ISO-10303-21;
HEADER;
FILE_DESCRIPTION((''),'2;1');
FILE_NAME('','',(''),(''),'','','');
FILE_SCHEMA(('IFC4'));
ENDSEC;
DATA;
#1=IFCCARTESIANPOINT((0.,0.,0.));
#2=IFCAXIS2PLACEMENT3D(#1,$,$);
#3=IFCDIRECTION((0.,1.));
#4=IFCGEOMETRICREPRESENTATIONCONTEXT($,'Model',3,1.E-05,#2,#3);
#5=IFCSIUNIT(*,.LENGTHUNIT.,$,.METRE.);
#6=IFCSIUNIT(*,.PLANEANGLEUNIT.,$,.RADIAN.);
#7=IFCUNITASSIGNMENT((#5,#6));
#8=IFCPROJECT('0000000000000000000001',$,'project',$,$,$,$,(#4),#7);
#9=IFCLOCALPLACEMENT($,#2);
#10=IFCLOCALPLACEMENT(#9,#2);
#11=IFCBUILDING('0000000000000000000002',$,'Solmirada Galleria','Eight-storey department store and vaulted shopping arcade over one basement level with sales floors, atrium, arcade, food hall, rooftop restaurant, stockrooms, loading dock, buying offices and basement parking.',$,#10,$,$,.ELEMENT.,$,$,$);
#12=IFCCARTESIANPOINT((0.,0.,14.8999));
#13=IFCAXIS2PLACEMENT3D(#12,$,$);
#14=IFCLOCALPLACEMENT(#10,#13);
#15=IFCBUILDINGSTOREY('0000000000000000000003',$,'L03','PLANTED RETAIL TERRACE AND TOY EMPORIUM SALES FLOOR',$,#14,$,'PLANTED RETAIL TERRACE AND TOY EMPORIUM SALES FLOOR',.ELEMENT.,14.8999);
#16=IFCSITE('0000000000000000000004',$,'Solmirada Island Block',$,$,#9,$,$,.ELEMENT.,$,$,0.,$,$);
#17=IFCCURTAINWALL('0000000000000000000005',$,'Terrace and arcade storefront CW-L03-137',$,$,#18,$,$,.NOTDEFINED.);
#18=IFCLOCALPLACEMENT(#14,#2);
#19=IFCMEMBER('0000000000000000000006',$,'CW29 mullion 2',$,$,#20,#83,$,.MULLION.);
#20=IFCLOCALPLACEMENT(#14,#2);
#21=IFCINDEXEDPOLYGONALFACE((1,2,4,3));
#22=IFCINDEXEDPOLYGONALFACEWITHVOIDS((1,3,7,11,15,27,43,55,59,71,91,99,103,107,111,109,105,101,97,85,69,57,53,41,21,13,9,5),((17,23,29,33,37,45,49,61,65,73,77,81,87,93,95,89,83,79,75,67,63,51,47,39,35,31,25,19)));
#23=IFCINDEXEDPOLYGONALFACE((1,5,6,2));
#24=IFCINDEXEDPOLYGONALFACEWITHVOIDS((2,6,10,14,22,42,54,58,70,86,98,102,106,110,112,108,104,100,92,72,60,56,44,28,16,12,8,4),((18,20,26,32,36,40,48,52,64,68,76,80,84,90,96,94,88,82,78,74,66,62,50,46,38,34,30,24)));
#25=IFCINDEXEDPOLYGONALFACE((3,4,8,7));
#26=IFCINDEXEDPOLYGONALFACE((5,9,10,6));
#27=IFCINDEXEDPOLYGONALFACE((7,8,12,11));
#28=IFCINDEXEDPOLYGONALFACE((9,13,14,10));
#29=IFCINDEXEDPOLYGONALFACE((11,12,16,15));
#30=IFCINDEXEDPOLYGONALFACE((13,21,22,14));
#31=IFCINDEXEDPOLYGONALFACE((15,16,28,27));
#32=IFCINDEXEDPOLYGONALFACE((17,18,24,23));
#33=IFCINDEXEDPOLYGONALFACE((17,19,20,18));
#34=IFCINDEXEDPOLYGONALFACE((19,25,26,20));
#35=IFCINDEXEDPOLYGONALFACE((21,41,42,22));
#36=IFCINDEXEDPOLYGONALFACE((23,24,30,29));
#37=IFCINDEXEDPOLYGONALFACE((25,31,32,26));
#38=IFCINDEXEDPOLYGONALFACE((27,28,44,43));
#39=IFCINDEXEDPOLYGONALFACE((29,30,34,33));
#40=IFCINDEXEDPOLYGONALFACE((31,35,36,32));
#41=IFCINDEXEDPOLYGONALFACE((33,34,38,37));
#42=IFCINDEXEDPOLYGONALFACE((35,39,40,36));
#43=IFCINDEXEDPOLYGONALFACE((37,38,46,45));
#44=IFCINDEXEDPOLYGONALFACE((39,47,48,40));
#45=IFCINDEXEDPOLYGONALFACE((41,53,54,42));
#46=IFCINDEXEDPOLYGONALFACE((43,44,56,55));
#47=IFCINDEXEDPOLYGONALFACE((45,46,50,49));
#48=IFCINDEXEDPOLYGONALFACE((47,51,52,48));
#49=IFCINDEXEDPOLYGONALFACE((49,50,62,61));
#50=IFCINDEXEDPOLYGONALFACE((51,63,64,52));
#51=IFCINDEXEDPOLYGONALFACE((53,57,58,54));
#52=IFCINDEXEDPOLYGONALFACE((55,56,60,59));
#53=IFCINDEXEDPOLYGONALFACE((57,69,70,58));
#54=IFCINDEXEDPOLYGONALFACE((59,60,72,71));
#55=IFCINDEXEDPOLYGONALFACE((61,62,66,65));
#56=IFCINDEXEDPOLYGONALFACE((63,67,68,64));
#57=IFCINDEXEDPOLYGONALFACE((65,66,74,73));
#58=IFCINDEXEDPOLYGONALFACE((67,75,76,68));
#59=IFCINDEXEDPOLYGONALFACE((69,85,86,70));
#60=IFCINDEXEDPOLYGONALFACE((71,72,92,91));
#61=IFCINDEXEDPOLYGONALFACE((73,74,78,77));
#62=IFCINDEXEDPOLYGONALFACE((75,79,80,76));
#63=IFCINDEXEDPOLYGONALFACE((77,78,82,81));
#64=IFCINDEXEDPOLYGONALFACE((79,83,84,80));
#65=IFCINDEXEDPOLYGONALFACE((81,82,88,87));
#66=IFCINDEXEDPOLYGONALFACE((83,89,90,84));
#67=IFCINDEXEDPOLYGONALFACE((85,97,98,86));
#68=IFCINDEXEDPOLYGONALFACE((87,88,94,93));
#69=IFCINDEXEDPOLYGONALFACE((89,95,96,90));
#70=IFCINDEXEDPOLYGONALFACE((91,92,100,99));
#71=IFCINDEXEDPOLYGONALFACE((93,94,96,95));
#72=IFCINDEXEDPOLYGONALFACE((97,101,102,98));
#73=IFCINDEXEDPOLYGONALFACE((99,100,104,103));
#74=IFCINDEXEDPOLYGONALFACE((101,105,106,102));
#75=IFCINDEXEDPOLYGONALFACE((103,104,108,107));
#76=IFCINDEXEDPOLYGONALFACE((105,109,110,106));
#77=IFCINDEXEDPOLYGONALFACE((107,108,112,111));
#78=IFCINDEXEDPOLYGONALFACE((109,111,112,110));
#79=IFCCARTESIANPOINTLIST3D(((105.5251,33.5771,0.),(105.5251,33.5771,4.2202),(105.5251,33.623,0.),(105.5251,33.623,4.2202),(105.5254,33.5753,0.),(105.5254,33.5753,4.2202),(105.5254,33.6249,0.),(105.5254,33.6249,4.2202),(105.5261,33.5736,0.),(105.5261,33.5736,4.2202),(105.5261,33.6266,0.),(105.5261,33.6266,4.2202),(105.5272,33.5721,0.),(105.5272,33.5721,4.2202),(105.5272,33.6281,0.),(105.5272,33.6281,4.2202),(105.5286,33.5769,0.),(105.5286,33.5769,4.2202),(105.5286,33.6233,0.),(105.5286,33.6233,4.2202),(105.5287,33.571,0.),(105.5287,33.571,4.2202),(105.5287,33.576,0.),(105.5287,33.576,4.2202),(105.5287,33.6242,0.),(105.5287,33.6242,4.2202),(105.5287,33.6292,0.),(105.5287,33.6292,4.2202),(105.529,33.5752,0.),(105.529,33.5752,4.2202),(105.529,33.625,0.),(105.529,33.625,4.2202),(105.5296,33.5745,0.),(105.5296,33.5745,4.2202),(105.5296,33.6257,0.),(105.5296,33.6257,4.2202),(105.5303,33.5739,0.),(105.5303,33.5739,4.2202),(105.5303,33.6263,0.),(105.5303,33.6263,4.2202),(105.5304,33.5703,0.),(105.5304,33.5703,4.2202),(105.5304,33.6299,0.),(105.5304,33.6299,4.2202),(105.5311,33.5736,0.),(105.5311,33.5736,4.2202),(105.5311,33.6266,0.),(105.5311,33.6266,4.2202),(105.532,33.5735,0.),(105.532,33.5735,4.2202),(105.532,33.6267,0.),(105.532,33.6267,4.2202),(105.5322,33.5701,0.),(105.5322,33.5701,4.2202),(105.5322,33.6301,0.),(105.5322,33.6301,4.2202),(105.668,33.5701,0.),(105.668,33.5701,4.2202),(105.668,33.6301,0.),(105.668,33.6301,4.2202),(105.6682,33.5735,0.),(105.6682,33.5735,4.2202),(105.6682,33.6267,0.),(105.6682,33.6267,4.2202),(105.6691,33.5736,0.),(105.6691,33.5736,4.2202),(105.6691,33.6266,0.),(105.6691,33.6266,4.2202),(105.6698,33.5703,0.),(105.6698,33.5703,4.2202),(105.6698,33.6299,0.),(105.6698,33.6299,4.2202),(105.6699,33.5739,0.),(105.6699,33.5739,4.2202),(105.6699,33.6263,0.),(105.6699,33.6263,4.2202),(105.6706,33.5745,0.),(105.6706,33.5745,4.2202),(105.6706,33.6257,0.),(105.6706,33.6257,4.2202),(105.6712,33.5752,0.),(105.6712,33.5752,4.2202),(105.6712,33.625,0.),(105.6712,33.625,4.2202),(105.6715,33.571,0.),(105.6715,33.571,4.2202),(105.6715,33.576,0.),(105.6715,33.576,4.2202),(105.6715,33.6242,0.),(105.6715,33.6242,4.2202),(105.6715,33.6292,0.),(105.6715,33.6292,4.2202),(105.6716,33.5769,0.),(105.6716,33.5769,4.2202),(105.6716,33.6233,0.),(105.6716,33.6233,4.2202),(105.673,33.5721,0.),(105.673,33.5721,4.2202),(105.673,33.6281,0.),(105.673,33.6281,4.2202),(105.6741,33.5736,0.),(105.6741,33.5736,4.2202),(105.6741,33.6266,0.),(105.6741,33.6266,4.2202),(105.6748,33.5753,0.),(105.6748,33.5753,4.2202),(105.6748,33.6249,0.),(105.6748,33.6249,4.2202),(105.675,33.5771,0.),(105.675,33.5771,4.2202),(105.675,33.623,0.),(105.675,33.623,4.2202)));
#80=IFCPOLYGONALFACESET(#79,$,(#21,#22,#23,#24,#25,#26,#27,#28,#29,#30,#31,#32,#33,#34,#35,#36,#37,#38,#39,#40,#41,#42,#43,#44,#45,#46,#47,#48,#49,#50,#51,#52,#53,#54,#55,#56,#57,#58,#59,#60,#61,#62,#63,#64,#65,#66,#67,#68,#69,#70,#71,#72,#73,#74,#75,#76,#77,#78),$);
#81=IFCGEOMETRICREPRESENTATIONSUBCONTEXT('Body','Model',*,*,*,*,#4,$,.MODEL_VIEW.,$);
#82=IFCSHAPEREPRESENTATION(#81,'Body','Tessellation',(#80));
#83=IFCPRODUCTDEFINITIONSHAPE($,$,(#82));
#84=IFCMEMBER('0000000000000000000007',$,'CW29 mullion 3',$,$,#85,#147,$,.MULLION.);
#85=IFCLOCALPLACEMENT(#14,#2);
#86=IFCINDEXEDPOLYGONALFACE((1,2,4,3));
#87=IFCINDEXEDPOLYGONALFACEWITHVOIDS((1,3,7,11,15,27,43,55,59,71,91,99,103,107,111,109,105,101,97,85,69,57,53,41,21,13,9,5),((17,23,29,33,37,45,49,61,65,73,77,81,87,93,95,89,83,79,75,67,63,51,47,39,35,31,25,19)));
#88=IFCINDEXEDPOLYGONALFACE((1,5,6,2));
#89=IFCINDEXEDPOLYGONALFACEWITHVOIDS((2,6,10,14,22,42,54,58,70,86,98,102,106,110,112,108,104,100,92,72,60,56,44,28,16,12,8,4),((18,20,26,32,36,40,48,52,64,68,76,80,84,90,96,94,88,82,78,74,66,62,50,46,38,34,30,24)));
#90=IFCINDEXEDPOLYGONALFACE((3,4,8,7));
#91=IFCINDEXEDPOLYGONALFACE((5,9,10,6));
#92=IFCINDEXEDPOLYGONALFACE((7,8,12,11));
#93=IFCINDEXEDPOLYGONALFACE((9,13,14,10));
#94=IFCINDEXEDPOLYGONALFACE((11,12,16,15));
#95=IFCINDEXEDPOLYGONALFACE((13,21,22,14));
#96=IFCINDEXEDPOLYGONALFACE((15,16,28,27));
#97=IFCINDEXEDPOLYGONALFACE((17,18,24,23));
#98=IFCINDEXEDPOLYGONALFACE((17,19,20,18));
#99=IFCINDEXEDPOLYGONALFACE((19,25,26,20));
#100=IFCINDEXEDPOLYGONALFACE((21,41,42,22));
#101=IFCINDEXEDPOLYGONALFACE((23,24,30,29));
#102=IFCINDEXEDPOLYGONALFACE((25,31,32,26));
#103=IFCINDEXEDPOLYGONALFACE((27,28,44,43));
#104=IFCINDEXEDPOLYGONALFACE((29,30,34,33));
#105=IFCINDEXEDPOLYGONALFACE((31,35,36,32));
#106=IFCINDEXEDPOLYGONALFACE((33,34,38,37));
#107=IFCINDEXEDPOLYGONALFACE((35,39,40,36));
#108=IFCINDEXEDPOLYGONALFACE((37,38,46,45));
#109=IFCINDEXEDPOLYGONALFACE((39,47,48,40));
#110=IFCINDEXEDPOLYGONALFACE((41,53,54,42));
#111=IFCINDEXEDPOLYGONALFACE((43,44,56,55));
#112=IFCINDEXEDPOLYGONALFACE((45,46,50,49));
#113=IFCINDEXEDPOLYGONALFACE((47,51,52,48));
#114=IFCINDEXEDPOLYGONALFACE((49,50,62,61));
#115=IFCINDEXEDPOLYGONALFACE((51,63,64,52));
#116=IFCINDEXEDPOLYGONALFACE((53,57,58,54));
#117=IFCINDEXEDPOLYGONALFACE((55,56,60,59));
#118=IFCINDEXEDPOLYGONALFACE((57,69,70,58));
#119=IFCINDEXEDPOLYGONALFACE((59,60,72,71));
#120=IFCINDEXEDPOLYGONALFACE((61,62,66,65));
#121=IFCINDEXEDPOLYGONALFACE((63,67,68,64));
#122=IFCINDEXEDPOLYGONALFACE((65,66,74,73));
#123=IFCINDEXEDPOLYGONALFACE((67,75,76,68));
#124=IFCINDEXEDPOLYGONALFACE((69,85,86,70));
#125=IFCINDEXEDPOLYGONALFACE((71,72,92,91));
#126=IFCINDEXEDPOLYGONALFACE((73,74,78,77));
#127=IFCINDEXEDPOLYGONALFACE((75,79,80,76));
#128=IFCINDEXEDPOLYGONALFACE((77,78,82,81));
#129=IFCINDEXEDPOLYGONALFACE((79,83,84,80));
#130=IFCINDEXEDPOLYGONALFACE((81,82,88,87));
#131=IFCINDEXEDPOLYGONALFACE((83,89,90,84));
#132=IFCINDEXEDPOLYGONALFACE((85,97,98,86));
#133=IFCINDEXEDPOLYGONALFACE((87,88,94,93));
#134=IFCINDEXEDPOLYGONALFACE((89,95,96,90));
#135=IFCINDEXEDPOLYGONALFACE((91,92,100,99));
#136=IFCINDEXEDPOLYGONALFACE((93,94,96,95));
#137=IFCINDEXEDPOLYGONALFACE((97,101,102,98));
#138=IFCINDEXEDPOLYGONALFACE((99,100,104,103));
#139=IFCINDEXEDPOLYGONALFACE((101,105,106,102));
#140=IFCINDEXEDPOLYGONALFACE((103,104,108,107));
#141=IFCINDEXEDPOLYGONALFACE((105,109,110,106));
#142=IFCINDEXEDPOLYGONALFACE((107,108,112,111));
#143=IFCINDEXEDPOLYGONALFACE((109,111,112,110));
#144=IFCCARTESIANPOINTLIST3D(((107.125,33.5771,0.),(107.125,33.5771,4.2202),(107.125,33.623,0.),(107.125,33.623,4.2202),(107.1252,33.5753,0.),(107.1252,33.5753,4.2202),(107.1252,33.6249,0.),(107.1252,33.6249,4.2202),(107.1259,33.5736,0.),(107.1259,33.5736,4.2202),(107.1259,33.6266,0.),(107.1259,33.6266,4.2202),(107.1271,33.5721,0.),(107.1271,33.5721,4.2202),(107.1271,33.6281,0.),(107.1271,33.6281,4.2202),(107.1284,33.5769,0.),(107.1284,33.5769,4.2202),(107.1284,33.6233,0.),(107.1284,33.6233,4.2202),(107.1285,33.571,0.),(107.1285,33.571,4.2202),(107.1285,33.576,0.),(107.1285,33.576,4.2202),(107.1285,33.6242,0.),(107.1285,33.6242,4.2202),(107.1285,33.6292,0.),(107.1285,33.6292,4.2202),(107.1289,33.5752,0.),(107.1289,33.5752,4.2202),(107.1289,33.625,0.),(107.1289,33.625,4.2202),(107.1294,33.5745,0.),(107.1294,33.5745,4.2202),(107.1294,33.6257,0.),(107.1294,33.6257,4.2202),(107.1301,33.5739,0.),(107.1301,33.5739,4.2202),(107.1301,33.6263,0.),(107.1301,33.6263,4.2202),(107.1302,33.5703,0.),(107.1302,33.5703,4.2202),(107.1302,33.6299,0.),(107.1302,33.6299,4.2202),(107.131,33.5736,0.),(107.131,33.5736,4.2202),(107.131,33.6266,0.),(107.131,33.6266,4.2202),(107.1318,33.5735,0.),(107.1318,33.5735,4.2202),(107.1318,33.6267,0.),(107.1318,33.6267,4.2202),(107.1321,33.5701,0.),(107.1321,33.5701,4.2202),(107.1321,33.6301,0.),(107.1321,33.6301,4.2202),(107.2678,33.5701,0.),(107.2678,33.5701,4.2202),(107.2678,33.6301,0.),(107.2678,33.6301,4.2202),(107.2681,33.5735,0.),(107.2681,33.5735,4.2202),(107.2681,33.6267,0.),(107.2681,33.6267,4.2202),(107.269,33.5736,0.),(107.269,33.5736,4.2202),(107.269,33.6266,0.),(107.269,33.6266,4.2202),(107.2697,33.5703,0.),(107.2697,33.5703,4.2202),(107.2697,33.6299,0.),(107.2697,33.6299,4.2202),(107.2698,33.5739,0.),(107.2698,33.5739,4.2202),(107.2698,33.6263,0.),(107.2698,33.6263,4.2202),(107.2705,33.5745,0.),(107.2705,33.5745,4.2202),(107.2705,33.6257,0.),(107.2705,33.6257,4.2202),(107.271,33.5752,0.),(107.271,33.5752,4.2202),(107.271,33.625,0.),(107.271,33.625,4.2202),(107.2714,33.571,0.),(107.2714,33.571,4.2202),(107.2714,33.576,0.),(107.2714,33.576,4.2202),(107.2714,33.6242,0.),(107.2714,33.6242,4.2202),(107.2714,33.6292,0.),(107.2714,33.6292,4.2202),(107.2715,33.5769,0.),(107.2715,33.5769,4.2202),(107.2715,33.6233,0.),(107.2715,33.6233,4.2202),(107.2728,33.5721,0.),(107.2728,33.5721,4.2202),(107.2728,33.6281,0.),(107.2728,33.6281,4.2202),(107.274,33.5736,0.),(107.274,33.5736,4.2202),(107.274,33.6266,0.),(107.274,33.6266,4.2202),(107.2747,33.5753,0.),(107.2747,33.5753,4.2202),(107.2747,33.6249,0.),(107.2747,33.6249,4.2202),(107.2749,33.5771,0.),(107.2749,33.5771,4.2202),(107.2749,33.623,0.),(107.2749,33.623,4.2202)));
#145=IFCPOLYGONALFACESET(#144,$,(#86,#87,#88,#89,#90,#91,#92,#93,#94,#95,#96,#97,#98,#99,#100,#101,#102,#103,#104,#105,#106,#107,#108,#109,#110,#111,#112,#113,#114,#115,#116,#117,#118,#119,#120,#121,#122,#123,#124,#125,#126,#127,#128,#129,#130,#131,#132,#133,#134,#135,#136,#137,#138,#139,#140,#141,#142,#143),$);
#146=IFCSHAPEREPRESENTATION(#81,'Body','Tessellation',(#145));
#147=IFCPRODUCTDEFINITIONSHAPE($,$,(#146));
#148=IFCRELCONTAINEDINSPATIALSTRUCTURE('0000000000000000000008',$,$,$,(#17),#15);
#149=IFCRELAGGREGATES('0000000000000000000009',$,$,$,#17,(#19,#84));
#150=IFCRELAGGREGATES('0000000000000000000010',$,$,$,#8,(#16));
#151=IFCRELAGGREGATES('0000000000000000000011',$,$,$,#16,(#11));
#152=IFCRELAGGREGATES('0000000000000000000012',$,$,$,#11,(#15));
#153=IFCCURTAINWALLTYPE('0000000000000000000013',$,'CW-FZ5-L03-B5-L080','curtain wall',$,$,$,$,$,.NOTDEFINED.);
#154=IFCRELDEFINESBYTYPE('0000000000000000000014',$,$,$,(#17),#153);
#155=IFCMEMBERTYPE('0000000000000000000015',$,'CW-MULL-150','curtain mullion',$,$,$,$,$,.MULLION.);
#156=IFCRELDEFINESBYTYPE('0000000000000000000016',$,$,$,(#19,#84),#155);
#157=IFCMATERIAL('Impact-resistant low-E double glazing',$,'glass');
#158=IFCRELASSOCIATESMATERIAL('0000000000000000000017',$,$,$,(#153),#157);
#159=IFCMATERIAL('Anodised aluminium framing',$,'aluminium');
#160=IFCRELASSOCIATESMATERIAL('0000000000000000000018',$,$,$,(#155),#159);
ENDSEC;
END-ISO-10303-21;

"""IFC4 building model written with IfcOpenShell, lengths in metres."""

from ifc_helpers import new_model, si_unit, direction, frame, origin, origin_2d, place, context, subcontext, project, spatial, hollow_rectangle, extrude, material, material_profile, profile_set, type_object, element, aggregate, save


model = new_model("IFC4")

# Units and contexts
model_context = context("Model", 3, precision=1e-05, world=origin(), true_north=direction((0.0, 1.0)))
body_context = subcontext(model_context, "Body", "Model", "MODEL_VIEW")
ifc_project = project(units=[si_unit("LENGTHUNIT", "METRE"), si_unit("PLANEANGLEUNIT", "RADIAN")], contexts=[model_context])

# Site, building, storey
site_placement = place(None, origin())
site = spatial("IfcSite", under=ifc_project, at=site_placement, Name="Solmirada Island Block", CompositionType="ELEMENT", RefElevation=0.0)
building_placement = place(site_placement, origin())
building = spatial("IfcBuilding", under=site, at=building_placement, Name="Solmirada Galleria", Description="Eight-storey department store and vaulted shopping arcade over one basement level with sales floors, atrium, arcade, food hall, rooftop restaurant, stockrooms, loading dock, buying offices and basement parking.", CompositionType="ELEMENT")
storey_placement = place(building_placement, frame((0.0, 0.0, 14.8999)))
storey = spatial("IfcBuildingStorey", under=building, at=storey_placement, Name="L03", Description="PLANTED RETAIL TERRACE AND TOY EMPORIUM SALES FLOOR", LongName="PLANTED RETAIL TERRACE AND TOY EMPORIUM SALES FLOOR", CompositionType="ELEMENT", Elevation=14.8999)

# Shared definitions
ifc_material_1 = material(Name="Impact-resistant low-E double glazing", Category="glass")
curtain_wall_type = type_object("IfcCurtainWallType", Name="CW-FZ5-L03-B5-L080", Description="curtain wall", PredefinedType="NOTDEFINED", material=ifc_material_1)
ifc_material_2 = material(Name="Anodised aluminium framing", Category="aluminium")
ifc_material_profile_1 = material_profile(ifc_material_2, hollow_rectangle(XDim=0.0601, YDim=0.1499, WallThickness=0.0034, InnerFilletRadius=0.0034, OuterFilletRadius=0.0071, at=origin_2d()), Name="ALU-MULL-150X60")
ifc_profile_set_1 = profile_set([ifc_material_profile_1], Name="Anodised aluminium framing")
member_type_1 = type_object("IfcMemberType", Name="CW-MULL-150", Description="curtain mullion", PredefinedType="MULLION", material=ifc_profile_set_1)

# Curtain wall, members
curtain_wall_1_placement = place(storey_placement, origin())
curtain_wall_1 = element("IfcCurtainWall", 1, at=curtain_wall_1_placement, inside=storey, type_object=curtain_wall_type, Name="Terrace and arcade storefront CW-L03-137", PredefinedType="NOTDEFINED")
member_1_placement = place(storey_placement, frame((105.6001, 33.6001, 0.0), z_axis=(0.0, 0.0, 1.0), x_axis=(0.0, 1.0, 0.0)))
member_1 = element("IfcMember", 2, at=member_1_placement, type_object=member_type_1, Name="CW29 mullion 2", PredefinedType="MULLION", context=body_context, shape_type="SweptSolid", body=[
    extrude(hollow_rectangle(XDim=0.0601, YDim=0.1499, WallThickness=0.0034, InnerFilletRadius=0.0034, OuterFilletRadius=0.0071, at=origin_2d()), origin(), (0.0, 0.0, 1.0), 4.2202),
])
member_2_placement = place(storey_placement, frame((107.2, 33.6001, 0.0), z_axis=(0.0, 0.0, 1.0), x_axis=(0.0, 1.0, 0.0)))
member_2 = element("IfcMember", 3, at=member_2_placement, type_object=member_type_1, Name="CW29 mullion 3", PredefinedType="MULLION", context=body_context, shape_type="SweptSolid", body=[
    extrude(hollow_rectangle(XDim=0.0601, YDim=0.1499, WallThickness=0.0034, InnerFilletRadius=0.0034, OuterFilletRadius=0.0071, at=origin_2d()), origin(), (0.0, 0.0, 1.0), 4.2202),
])

aggregate(curtain_wall_1, [member_1, member_2])

save(model, "model.ifc")
